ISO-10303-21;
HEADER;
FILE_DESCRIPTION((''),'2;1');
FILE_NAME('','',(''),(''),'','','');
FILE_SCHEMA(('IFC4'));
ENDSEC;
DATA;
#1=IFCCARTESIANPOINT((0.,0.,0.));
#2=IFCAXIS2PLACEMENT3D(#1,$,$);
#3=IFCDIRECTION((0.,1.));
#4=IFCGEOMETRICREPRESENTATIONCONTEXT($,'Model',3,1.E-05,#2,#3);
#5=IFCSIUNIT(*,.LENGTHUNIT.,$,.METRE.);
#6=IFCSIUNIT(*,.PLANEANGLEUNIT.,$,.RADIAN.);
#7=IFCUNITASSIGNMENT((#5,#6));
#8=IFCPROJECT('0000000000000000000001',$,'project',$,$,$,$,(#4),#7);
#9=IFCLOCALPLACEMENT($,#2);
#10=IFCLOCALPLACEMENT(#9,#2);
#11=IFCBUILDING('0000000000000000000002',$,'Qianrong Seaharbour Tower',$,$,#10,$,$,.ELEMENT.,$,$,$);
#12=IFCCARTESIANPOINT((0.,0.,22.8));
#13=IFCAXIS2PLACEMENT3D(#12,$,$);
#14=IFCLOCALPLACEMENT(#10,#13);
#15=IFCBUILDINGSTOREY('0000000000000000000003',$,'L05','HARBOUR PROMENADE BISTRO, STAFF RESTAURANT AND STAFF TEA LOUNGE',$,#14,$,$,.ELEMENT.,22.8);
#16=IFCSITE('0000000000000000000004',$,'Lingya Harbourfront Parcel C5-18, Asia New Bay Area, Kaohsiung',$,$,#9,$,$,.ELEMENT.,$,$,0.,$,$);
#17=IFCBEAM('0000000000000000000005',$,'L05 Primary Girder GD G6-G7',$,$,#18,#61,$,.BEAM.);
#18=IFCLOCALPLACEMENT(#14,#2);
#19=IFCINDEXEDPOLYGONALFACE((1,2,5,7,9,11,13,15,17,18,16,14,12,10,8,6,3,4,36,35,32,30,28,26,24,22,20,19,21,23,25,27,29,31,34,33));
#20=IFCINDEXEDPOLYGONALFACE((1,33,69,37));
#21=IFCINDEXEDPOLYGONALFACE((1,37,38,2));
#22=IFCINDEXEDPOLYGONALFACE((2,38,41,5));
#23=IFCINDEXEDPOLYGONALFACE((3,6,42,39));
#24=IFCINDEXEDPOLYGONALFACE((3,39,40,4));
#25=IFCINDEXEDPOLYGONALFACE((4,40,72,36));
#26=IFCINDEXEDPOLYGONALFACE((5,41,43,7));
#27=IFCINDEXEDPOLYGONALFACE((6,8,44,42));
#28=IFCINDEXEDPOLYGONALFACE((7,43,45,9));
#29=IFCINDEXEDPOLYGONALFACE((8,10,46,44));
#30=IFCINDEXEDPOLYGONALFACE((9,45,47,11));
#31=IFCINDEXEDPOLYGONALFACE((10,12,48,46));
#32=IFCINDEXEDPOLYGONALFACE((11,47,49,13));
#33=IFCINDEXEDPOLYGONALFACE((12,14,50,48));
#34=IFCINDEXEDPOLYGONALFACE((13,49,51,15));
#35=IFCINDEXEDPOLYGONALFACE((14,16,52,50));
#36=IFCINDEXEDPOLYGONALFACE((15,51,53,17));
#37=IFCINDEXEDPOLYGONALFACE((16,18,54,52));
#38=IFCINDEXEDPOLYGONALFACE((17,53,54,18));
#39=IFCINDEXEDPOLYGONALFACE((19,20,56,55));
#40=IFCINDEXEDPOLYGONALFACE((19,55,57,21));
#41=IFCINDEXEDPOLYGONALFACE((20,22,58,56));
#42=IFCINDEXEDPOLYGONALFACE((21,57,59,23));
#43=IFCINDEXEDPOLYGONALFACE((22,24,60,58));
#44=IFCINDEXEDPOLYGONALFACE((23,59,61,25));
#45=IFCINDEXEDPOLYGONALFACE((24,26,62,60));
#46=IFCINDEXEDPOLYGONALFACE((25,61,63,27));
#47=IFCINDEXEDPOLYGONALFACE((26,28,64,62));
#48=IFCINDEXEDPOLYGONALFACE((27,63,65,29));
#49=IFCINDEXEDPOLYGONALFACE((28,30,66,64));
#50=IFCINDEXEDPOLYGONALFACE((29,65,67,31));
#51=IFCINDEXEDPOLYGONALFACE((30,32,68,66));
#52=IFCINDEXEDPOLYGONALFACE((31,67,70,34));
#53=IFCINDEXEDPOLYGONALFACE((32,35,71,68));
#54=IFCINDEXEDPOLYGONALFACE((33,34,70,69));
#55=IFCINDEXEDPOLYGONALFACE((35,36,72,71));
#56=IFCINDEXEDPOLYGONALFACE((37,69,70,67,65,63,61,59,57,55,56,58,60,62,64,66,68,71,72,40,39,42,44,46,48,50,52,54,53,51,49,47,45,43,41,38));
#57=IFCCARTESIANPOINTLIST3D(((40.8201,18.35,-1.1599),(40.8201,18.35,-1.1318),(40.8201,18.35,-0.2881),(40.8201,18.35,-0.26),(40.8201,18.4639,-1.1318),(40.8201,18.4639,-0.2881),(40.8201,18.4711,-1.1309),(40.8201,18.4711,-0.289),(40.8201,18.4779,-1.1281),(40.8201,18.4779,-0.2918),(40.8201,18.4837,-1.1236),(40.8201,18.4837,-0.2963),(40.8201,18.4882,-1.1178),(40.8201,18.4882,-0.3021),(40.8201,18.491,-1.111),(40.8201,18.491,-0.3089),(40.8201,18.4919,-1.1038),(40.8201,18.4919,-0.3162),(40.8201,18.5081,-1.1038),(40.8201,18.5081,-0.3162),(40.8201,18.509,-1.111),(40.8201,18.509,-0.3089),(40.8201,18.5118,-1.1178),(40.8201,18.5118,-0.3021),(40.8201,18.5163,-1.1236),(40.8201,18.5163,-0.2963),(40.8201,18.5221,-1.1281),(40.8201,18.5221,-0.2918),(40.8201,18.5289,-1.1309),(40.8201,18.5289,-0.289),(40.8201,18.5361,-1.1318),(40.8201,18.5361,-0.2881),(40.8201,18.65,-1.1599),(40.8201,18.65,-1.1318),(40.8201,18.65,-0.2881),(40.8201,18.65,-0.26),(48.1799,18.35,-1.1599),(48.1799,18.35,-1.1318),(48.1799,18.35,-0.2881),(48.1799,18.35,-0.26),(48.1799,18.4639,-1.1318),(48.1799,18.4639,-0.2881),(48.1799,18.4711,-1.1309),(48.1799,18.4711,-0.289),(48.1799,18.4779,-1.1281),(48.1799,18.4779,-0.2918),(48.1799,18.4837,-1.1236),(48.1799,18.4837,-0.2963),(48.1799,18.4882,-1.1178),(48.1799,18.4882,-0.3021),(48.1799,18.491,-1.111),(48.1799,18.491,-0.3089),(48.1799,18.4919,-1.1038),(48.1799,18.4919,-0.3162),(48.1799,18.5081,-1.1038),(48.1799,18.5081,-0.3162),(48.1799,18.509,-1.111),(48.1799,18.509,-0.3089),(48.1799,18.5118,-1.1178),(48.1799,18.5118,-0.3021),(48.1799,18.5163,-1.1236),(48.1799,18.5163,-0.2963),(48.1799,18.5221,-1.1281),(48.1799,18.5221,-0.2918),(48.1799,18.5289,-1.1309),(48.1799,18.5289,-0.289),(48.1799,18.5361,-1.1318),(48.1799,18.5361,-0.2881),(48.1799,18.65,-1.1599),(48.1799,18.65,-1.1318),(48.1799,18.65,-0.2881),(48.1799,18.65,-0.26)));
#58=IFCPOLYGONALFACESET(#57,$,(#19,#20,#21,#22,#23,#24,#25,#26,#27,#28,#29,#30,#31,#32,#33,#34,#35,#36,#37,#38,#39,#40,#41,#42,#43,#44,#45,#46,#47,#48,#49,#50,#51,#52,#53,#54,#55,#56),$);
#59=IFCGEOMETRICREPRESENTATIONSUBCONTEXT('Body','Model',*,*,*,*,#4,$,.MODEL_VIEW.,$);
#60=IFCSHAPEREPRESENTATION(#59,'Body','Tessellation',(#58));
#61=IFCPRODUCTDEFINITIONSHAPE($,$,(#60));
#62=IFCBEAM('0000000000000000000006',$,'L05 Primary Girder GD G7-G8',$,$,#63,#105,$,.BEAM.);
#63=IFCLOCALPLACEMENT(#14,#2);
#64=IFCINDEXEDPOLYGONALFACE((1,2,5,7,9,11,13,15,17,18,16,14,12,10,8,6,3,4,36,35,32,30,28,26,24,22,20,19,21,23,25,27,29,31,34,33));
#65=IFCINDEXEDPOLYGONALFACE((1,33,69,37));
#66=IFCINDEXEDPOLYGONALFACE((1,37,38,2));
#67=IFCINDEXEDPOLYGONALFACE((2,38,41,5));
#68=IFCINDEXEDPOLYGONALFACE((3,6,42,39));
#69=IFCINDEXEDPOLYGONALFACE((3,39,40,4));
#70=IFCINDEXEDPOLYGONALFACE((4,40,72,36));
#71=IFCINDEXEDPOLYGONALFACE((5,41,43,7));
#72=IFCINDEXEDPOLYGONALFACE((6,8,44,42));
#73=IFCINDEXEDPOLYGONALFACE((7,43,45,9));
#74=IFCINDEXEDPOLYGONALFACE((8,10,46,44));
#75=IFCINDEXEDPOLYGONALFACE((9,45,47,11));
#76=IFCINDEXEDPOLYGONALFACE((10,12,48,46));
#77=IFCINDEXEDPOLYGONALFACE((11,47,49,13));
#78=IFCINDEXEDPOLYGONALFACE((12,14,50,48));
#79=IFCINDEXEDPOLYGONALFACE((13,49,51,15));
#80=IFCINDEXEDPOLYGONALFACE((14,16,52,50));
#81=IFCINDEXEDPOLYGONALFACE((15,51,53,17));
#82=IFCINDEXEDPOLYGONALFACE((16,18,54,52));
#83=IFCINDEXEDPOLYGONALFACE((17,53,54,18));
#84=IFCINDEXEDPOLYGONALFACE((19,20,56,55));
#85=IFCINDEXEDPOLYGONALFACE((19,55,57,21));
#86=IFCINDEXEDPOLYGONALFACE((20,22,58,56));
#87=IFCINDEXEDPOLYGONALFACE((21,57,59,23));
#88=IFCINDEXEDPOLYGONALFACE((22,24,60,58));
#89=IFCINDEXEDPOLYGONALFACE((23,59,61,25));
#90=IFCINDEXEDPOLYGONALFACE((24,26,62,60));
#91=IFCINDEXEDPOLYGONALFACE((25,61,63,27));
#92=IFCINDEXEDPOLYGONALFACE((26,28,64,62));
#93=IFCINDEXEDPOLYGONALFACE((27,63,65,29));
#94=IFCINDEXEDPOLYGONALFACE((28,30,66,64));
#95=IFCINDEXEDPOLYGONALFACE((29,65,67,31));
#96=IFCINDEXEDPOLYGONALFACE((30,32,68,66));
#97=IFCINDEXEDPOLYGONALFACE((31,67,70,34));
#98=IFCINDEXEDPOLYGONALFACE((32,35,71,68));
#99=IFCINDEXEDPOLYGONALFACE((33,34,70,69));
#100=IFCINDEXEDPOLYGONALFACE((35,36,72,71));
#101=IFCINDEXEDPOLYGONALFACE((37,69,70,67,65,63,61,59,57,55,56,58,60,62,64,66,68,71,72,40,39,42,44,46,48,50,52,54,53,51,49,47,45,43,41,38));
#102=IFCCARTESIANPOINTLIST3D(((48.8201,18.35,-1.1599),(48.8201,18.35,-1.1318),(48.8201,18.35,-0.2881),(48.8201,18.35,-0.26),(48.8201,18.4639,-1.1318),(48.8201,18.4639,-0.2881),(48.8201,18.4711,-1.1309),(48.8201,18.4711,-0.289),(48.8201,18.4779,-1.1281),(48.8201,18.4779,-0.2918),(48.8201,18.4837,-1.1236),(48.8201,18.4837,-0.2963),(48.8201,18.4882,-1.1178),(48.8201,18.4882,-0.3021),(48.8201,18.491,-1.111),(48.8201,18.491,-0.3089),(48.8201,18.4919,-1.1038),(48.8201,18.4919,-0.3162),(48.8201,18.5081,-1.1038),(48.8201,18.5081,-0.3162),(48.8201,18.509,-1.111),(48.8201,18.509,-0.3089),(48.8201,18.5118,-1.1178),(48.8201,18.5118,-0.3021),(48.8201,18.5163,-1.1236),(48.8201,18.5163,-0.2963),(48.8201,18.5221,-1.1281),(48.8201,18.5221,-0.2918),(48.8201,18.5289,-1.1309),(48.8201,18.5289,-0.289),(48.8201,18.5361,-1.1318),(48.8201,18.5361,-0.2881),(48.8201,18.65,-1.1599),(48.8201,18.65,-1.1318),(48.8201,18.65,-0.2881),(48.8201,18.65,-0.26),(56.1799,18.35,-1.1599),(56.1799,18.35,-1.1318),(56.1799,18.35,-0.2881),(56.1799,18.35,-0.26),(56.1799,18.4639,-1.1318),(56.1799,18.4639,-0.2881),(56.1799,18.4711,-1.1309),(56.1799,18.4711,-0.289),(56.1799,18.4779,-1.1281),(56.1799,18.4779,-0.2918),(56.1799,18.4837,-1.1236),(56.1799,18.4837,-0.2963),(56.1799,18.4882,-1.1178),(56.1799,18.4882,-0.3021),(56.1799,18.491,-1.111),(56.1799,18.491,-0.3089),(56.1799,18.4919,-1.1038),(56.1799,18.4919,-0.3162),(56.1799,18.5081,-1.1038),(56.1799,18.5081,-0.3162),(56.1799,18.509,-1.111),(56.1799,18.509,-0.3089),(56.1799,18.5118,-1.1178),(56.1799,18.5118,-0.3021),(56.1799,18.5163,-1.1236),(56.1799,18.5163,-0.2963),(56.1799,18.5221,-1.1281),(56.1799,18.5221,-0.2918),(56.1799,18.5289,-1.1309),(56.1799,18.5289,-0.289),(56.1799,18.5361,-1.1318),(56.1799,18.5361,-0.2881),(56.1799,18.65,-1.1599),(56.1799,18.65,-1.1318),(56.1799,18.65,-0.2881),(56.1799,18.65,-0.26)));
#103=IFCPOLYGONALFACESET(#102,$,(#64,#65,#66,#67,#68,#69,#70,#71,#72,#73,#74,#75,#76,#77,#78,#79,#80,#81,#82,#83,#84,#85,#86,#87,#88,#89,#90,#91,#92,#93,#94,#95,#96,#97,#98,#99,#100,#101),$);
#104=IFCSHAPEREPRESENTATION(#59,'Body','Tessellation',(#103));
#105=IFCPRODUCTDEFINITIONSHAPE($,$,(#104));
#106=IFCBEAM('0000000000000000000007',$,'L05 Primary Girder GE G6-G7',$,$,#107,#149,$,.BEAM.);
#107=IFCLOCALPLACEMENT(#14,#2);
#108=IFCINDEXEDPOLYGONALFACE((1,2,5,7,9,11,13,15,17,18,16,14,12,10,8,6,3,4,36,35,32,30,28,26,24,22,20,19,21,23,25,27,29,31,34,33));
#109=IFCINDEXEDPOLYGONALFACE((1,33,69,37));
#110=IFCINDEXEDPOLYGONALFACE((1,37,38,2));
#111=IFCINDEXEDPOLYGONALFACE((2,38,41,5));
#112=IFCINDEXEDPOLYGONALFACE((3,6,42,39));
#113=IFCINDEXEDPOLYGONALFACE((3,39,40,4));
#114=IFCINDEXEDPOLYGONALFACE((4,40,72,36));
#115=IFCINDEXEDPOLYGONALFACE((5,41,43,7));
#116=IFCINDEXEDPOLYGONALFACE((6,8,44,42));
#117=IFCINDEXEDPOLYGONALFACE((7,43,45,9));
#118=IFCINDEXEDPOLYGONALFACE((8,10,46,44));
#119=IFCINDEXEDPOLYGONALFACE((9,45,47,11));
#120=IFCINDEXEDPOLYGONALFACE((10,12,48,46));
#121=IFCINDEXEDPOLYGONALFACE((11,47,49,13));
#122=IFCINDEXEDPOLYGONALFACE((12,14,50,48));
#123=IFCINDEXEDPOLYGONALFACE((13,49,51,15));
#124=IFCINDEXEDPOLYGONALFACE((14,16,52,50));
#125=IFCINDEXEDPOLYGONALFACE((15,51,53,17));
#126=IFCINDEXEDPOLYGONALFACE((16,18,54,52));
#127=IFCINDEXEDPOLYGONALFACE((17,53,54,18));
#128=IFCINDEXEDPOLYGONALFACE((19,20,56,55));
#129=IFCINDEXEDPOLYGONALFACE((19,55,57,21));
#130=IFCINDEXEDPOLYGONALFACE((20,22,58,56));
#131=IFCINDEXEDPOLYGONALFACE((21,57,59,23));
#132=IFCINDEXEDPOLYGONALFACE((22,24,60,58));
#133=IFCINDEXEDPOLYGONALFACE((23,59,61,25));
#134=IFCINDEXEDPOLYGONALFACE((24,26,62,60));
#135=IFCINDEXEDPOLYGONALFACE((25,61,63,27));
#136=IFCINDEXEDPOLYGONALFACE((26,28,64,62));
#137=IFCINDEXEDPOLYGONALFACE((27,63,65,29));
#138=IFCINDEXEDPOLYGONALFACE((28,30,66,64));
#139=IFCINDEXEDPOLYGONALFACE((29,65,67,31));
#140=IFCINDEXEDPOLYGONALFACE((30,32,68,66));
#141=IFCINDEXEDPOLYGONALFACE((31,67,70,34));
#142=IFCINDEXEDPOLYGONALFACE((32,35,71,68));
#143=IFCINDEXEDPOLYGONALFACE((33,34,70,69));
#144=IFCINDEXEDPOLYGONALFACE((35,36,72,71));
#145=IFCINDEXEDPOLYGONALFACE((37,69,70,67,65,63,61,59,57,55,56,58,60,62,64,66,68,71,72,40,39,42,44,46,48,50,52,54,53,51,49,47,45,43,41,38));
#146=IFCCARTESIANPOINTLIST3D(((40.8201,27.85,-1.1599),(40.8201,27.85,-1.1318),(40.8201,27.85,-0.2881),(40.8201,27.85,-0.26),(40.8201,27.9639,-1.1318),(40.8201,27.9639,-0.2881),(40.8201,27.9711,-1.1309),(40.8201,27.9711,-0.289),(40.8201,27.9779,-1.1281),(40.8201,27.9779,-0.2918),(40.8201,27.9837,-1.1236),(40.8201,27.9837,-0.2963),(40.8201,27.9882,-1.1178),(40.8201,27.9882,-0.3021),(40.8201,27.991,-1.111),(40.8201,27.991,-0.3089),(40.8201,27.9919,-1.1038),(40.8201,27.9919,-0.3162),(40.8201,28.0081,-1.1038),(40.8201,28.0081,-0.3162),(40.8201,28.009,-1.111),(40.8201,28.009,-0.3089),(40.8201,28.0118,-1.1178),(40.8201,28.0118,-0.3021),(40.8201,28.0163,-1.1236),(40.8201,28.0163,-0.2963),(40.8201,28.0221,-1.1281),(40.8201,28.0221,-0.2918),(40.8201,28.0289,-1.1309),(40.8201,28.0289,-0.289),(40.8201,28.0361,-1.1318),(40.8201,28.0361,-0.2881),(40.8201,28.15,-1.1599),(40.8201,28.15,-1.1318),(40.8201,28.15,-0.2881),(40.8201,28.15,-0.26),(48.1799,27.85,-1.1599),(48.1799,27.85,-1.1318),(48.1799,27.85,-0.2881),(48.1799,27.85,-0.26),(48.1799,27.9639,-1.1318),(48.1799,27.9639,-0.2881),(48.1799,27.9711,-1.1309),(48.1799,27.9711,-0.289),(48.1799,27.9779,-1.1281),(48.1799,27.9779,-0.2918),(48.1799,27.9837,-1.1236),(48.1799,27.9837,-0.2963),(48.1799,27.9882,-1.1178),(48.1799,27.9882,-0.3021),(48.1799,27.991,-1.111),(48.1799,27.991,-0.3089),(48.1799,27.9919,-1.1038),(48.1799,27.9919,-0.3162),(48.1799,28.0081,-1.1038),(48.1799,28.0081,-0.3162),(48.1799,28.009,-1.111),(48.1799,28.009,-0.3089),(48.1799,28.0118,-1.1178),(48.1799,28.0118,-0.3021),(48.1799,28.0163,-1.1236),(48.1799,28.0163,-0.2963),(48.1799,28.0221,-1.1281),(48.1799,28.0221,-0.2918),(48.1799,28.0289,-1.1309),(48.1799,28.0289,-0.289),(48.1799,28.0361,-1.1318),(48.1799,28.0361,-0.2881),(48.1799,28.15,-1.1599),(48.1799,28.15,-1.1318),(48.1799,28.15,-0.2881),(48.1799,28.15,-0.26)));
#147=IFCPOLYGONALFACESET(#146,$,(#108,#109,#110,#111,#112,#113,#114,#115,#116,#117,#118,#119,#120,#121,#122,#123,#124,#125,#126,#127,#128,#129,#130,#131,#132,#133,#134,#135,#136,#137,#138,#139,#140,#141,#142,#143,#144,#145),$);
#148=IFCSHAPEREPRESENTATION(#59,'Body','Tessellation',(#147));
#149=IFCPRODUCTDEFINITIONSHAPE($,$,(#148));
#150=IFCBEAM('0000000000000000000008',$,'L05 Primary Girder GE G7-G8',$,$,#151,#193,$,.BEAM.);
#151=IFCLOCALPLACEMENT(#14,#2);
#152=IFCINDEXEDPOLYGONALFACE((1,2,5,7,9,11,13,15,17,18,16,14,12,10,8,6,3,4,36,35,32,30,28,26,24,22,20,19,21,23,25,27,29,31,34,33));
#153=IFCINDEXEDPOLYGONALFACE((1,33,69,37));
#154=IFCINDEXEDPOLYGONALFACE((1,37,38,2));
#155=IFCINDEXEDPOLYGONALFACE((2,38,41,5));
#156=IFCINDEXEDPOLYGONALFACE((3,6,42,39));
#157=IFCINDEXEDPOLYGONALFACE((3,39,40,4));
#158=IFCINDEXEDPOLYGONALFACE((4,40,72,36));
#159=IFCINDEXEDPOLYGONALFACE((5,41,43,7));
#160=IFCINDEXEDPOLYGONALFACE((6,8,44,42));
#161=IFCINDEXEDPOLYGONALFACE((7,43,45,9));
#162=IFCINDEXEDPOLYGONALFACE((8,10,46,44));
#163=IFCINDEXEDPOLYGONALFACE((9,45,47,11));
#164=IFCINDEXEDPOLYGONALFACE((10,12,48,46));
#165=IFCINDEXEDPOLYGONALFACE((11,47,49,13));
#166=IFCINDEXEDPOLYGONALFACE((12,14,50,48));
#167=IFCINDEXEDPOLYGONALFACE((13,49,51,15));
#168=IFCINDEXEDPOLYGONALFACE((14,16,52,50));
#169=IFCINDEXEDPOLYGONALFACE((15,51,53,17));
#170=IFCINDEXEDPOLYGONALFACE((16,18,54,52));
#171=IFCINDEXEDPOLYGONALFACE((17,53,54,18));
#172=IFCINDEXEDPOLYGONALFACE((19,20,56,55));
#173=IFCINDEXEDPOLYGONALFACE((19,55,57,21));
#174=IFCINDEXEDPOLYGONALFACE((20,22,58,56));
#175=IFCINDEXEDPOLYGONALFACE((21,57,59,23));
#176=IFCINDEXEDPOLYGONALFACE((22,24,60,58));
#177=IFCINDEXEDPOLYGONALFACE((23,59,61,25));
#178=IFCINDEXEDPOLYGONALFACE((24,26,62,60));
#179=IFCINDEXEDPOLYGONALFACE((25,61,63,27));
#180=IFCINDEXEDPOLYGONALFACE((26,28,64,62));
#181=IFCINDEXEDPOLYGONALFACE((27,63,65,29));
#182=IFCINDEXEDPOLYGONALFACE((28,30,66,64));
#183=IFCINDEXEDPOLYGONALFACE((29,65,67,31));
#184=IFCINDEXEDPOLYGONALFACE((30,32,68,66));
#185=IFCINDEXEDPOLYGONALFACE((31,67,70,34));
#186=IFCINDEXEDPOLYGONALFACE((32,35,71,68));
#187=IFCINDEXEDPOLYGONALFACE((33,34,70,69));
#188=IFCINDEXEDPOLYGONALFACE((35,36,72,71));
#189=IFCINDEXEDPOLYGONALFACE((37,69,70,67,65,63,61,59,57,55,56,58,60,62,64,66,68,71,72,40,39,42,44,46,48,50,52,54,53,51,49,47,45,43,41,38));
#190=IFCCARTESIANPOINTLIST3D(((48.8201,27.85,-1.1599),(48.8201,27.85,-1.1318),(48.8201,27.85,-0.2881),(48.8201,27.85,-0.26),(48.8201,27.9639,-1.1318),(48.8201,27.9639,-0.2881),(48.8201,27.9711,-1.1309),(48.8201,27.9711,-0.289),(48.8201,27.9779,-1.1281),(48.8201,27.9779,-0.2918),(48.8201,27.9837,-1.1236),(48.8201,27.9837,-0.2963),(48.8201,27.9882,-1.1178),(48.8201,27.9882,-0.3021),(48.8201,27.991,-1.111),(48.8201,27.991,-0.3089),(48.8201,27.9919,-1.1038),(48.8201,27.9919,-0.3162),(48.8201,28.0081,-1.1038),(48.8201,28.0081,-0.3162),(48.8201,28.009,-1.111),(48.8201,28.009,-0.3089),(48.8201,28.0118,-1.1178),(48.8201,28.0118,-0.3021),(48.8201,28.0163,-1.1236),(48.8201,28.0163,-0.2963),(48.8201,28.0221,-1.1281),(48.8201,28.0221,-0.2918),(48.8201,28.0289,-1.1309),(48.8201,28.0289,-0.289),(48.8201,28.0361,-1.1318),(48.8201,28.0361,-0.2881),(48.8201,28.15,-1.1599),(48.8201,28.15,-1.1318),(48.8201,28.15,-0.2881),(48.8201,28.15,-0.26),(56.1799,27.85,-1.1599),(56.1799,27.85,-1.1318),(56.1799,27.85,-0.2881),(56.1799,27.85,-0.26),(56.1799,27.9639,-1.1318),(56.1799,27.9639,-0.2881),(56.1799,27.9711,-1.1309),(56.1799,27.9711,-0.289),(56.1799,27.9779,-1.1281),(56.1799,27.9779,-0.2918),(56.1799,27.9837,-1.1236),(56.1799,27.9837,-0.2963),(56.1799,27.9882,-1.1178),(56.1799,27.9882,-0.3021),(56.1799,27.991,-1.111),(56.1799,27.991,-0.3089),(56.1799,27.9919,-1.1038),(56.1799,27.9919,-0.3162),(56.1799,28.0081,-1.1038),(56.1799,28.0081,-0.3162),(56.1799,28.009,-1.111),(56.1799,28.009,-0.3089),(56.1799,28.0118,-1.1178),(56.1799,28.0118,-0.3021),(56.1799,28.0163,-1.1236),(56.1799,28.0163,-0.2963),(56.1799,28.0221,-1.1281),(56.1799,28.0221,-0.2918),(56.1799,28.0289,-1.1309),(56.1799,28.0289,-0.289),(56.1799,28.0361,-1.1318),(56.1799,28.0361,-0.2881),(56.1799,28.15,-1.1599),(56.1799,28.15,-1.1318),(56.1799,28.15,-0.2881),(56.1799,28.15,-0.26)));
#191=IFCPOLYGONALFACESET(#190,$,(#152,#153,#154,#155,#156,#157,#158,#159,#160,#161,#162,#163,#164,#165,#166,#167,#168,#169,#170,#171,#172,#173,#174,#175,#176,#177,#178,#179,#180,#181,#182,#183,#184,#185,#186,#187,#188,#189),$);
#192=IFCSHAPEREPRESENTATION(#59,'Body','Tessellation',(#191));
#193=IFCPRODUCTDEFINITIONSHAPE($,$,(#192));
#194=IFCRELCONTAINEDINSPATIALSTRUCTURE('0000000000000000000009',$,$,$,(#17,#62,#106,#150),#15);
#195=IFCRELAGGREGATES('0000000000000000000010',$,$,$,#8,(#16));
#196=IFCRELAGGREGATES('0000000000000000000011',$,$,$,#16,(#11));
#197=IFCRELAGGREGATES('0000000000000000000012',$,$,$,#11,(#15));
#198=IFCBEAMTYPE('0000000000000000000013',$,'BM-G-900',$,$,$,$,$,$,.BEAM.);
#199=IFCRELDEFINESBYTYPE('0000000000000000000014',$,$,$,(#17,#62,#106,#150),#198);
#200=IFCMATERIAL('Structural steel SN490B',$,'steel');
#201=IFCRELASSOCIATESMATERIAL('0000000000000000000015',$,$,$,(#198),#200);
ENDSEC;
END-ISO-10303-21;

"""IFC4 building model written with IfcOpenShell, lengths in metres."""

from ifc_helpers import new_model, si_unit, direction, frame, origin, origin_2d, place, context, subcontext, project, spatial, i_section, extrude, material, material_profile, profile_set, type_object, element, save


model = new_model("IFC4")

# Units and contexts
model_context = context("Model", 3, precision=1e-05, world=origin(), true_north=direction((0.0, 1.0)))
body_context = subcontext(model_context, "Body", "Model", "MODEL_VIEW")
ifc_project = project(units=[si_unit("LENGTHUNIT", "METRE"), si_unit("PLANEANGLEUNIT", "RADIAN")], contexts=[model_context])

# Site, building, storey
site_placement = place(None, origin())
site = spatial("IfcSite", under=ifc_project, at=site_placement, Name="Lingya Harbourfront Parcel C5-18, Asia New Bay Area, Kaohsiung", CompositionType="ELEMENT", RefElevation=0.0)
building_placement = place(site_placement, origin())
building = spatial("IfcBuilding", under=site, at=building_placement, Name="Qianrong Seaharbour Tower", CompositionType="ELEMENT")
storey_placement = place(building_placement, frame((0.0, 0.0, 22.8)))
storey = spatial("IfcBuildingStorey", under=building, at=storey_placement, Name="L05", Description="HARBOUR PROMENADE BISTRO, STAFF RESTAURANT AND STAFF TEA LOUNGE", CompositionType="ELEMENT", Elevation=22.8)

# Beams
ifc_material_1 = material(Name="Structural steel SN490B", Category="steel")
ifc_material_profile_1 = material_profile(ifc_material_1, i_section(OverallWidth=0.3, OverallDepth=0.8999, WebThickness=0.0161, FlangeThickness=0.0281, FilletRadius=0.0281, at=origin_2d()), Name="H900x300x16x28")
ifc_profile_set_1 = profile_set([ifc_material_profile_1], Name="Structural steel SN490B")
beam_type_1 = type_object("IfcBeamType", Name="BM-G-900", PredefinedType="BEAM", material=ifc_profile_set_1)
for number, where, z_axis, x_axis, name in (
    (1, (40.8201, 18.5, -0.71), (1.0, 0.0, 0.0), (0.0, 1.0, 0.0), "L05 Primary Girder GD G6-G7"),
    (2, (48.8201, 18.5, -0.71), (1.0, 0.0, 0.0), (0.0, 1.0, 0.0), "L05 Primary Girder GD G7-G8"),
    (3, (40.8201, 28.0, -0.71), (1.0, 0.0, 0.0), (0.0, 1.0, 0.0), "L05 Primary Girder GE G6-G7"),
    (4, (48.8201, 28.0, -0.71), (1.0, 0.0, 0.0), (0.0, 1.0, 0.0), "L05 Primary Girder GE G7-G8"),
):
    element("IfcBeam", number, at=place(storey_placement, frame(where, z_axis=z_axis, x_axis=x_axis)), inside=storey, type_object=beam_type_1, Name=name, PredefinedType="BEAM", context=body_context, shape_type="SweptSolid", body=[
        extrude(i_section(OverallWidth=0.3, OverallDepth=0.8999, WebThickness=0.0161, FlangeThickness=0.0281, FilletRadius=0.0281, at=origin_2d()), origin(), (0.0, 0.0, 1.0), 7.3599),
    ])

save(model, "model.ifc")
